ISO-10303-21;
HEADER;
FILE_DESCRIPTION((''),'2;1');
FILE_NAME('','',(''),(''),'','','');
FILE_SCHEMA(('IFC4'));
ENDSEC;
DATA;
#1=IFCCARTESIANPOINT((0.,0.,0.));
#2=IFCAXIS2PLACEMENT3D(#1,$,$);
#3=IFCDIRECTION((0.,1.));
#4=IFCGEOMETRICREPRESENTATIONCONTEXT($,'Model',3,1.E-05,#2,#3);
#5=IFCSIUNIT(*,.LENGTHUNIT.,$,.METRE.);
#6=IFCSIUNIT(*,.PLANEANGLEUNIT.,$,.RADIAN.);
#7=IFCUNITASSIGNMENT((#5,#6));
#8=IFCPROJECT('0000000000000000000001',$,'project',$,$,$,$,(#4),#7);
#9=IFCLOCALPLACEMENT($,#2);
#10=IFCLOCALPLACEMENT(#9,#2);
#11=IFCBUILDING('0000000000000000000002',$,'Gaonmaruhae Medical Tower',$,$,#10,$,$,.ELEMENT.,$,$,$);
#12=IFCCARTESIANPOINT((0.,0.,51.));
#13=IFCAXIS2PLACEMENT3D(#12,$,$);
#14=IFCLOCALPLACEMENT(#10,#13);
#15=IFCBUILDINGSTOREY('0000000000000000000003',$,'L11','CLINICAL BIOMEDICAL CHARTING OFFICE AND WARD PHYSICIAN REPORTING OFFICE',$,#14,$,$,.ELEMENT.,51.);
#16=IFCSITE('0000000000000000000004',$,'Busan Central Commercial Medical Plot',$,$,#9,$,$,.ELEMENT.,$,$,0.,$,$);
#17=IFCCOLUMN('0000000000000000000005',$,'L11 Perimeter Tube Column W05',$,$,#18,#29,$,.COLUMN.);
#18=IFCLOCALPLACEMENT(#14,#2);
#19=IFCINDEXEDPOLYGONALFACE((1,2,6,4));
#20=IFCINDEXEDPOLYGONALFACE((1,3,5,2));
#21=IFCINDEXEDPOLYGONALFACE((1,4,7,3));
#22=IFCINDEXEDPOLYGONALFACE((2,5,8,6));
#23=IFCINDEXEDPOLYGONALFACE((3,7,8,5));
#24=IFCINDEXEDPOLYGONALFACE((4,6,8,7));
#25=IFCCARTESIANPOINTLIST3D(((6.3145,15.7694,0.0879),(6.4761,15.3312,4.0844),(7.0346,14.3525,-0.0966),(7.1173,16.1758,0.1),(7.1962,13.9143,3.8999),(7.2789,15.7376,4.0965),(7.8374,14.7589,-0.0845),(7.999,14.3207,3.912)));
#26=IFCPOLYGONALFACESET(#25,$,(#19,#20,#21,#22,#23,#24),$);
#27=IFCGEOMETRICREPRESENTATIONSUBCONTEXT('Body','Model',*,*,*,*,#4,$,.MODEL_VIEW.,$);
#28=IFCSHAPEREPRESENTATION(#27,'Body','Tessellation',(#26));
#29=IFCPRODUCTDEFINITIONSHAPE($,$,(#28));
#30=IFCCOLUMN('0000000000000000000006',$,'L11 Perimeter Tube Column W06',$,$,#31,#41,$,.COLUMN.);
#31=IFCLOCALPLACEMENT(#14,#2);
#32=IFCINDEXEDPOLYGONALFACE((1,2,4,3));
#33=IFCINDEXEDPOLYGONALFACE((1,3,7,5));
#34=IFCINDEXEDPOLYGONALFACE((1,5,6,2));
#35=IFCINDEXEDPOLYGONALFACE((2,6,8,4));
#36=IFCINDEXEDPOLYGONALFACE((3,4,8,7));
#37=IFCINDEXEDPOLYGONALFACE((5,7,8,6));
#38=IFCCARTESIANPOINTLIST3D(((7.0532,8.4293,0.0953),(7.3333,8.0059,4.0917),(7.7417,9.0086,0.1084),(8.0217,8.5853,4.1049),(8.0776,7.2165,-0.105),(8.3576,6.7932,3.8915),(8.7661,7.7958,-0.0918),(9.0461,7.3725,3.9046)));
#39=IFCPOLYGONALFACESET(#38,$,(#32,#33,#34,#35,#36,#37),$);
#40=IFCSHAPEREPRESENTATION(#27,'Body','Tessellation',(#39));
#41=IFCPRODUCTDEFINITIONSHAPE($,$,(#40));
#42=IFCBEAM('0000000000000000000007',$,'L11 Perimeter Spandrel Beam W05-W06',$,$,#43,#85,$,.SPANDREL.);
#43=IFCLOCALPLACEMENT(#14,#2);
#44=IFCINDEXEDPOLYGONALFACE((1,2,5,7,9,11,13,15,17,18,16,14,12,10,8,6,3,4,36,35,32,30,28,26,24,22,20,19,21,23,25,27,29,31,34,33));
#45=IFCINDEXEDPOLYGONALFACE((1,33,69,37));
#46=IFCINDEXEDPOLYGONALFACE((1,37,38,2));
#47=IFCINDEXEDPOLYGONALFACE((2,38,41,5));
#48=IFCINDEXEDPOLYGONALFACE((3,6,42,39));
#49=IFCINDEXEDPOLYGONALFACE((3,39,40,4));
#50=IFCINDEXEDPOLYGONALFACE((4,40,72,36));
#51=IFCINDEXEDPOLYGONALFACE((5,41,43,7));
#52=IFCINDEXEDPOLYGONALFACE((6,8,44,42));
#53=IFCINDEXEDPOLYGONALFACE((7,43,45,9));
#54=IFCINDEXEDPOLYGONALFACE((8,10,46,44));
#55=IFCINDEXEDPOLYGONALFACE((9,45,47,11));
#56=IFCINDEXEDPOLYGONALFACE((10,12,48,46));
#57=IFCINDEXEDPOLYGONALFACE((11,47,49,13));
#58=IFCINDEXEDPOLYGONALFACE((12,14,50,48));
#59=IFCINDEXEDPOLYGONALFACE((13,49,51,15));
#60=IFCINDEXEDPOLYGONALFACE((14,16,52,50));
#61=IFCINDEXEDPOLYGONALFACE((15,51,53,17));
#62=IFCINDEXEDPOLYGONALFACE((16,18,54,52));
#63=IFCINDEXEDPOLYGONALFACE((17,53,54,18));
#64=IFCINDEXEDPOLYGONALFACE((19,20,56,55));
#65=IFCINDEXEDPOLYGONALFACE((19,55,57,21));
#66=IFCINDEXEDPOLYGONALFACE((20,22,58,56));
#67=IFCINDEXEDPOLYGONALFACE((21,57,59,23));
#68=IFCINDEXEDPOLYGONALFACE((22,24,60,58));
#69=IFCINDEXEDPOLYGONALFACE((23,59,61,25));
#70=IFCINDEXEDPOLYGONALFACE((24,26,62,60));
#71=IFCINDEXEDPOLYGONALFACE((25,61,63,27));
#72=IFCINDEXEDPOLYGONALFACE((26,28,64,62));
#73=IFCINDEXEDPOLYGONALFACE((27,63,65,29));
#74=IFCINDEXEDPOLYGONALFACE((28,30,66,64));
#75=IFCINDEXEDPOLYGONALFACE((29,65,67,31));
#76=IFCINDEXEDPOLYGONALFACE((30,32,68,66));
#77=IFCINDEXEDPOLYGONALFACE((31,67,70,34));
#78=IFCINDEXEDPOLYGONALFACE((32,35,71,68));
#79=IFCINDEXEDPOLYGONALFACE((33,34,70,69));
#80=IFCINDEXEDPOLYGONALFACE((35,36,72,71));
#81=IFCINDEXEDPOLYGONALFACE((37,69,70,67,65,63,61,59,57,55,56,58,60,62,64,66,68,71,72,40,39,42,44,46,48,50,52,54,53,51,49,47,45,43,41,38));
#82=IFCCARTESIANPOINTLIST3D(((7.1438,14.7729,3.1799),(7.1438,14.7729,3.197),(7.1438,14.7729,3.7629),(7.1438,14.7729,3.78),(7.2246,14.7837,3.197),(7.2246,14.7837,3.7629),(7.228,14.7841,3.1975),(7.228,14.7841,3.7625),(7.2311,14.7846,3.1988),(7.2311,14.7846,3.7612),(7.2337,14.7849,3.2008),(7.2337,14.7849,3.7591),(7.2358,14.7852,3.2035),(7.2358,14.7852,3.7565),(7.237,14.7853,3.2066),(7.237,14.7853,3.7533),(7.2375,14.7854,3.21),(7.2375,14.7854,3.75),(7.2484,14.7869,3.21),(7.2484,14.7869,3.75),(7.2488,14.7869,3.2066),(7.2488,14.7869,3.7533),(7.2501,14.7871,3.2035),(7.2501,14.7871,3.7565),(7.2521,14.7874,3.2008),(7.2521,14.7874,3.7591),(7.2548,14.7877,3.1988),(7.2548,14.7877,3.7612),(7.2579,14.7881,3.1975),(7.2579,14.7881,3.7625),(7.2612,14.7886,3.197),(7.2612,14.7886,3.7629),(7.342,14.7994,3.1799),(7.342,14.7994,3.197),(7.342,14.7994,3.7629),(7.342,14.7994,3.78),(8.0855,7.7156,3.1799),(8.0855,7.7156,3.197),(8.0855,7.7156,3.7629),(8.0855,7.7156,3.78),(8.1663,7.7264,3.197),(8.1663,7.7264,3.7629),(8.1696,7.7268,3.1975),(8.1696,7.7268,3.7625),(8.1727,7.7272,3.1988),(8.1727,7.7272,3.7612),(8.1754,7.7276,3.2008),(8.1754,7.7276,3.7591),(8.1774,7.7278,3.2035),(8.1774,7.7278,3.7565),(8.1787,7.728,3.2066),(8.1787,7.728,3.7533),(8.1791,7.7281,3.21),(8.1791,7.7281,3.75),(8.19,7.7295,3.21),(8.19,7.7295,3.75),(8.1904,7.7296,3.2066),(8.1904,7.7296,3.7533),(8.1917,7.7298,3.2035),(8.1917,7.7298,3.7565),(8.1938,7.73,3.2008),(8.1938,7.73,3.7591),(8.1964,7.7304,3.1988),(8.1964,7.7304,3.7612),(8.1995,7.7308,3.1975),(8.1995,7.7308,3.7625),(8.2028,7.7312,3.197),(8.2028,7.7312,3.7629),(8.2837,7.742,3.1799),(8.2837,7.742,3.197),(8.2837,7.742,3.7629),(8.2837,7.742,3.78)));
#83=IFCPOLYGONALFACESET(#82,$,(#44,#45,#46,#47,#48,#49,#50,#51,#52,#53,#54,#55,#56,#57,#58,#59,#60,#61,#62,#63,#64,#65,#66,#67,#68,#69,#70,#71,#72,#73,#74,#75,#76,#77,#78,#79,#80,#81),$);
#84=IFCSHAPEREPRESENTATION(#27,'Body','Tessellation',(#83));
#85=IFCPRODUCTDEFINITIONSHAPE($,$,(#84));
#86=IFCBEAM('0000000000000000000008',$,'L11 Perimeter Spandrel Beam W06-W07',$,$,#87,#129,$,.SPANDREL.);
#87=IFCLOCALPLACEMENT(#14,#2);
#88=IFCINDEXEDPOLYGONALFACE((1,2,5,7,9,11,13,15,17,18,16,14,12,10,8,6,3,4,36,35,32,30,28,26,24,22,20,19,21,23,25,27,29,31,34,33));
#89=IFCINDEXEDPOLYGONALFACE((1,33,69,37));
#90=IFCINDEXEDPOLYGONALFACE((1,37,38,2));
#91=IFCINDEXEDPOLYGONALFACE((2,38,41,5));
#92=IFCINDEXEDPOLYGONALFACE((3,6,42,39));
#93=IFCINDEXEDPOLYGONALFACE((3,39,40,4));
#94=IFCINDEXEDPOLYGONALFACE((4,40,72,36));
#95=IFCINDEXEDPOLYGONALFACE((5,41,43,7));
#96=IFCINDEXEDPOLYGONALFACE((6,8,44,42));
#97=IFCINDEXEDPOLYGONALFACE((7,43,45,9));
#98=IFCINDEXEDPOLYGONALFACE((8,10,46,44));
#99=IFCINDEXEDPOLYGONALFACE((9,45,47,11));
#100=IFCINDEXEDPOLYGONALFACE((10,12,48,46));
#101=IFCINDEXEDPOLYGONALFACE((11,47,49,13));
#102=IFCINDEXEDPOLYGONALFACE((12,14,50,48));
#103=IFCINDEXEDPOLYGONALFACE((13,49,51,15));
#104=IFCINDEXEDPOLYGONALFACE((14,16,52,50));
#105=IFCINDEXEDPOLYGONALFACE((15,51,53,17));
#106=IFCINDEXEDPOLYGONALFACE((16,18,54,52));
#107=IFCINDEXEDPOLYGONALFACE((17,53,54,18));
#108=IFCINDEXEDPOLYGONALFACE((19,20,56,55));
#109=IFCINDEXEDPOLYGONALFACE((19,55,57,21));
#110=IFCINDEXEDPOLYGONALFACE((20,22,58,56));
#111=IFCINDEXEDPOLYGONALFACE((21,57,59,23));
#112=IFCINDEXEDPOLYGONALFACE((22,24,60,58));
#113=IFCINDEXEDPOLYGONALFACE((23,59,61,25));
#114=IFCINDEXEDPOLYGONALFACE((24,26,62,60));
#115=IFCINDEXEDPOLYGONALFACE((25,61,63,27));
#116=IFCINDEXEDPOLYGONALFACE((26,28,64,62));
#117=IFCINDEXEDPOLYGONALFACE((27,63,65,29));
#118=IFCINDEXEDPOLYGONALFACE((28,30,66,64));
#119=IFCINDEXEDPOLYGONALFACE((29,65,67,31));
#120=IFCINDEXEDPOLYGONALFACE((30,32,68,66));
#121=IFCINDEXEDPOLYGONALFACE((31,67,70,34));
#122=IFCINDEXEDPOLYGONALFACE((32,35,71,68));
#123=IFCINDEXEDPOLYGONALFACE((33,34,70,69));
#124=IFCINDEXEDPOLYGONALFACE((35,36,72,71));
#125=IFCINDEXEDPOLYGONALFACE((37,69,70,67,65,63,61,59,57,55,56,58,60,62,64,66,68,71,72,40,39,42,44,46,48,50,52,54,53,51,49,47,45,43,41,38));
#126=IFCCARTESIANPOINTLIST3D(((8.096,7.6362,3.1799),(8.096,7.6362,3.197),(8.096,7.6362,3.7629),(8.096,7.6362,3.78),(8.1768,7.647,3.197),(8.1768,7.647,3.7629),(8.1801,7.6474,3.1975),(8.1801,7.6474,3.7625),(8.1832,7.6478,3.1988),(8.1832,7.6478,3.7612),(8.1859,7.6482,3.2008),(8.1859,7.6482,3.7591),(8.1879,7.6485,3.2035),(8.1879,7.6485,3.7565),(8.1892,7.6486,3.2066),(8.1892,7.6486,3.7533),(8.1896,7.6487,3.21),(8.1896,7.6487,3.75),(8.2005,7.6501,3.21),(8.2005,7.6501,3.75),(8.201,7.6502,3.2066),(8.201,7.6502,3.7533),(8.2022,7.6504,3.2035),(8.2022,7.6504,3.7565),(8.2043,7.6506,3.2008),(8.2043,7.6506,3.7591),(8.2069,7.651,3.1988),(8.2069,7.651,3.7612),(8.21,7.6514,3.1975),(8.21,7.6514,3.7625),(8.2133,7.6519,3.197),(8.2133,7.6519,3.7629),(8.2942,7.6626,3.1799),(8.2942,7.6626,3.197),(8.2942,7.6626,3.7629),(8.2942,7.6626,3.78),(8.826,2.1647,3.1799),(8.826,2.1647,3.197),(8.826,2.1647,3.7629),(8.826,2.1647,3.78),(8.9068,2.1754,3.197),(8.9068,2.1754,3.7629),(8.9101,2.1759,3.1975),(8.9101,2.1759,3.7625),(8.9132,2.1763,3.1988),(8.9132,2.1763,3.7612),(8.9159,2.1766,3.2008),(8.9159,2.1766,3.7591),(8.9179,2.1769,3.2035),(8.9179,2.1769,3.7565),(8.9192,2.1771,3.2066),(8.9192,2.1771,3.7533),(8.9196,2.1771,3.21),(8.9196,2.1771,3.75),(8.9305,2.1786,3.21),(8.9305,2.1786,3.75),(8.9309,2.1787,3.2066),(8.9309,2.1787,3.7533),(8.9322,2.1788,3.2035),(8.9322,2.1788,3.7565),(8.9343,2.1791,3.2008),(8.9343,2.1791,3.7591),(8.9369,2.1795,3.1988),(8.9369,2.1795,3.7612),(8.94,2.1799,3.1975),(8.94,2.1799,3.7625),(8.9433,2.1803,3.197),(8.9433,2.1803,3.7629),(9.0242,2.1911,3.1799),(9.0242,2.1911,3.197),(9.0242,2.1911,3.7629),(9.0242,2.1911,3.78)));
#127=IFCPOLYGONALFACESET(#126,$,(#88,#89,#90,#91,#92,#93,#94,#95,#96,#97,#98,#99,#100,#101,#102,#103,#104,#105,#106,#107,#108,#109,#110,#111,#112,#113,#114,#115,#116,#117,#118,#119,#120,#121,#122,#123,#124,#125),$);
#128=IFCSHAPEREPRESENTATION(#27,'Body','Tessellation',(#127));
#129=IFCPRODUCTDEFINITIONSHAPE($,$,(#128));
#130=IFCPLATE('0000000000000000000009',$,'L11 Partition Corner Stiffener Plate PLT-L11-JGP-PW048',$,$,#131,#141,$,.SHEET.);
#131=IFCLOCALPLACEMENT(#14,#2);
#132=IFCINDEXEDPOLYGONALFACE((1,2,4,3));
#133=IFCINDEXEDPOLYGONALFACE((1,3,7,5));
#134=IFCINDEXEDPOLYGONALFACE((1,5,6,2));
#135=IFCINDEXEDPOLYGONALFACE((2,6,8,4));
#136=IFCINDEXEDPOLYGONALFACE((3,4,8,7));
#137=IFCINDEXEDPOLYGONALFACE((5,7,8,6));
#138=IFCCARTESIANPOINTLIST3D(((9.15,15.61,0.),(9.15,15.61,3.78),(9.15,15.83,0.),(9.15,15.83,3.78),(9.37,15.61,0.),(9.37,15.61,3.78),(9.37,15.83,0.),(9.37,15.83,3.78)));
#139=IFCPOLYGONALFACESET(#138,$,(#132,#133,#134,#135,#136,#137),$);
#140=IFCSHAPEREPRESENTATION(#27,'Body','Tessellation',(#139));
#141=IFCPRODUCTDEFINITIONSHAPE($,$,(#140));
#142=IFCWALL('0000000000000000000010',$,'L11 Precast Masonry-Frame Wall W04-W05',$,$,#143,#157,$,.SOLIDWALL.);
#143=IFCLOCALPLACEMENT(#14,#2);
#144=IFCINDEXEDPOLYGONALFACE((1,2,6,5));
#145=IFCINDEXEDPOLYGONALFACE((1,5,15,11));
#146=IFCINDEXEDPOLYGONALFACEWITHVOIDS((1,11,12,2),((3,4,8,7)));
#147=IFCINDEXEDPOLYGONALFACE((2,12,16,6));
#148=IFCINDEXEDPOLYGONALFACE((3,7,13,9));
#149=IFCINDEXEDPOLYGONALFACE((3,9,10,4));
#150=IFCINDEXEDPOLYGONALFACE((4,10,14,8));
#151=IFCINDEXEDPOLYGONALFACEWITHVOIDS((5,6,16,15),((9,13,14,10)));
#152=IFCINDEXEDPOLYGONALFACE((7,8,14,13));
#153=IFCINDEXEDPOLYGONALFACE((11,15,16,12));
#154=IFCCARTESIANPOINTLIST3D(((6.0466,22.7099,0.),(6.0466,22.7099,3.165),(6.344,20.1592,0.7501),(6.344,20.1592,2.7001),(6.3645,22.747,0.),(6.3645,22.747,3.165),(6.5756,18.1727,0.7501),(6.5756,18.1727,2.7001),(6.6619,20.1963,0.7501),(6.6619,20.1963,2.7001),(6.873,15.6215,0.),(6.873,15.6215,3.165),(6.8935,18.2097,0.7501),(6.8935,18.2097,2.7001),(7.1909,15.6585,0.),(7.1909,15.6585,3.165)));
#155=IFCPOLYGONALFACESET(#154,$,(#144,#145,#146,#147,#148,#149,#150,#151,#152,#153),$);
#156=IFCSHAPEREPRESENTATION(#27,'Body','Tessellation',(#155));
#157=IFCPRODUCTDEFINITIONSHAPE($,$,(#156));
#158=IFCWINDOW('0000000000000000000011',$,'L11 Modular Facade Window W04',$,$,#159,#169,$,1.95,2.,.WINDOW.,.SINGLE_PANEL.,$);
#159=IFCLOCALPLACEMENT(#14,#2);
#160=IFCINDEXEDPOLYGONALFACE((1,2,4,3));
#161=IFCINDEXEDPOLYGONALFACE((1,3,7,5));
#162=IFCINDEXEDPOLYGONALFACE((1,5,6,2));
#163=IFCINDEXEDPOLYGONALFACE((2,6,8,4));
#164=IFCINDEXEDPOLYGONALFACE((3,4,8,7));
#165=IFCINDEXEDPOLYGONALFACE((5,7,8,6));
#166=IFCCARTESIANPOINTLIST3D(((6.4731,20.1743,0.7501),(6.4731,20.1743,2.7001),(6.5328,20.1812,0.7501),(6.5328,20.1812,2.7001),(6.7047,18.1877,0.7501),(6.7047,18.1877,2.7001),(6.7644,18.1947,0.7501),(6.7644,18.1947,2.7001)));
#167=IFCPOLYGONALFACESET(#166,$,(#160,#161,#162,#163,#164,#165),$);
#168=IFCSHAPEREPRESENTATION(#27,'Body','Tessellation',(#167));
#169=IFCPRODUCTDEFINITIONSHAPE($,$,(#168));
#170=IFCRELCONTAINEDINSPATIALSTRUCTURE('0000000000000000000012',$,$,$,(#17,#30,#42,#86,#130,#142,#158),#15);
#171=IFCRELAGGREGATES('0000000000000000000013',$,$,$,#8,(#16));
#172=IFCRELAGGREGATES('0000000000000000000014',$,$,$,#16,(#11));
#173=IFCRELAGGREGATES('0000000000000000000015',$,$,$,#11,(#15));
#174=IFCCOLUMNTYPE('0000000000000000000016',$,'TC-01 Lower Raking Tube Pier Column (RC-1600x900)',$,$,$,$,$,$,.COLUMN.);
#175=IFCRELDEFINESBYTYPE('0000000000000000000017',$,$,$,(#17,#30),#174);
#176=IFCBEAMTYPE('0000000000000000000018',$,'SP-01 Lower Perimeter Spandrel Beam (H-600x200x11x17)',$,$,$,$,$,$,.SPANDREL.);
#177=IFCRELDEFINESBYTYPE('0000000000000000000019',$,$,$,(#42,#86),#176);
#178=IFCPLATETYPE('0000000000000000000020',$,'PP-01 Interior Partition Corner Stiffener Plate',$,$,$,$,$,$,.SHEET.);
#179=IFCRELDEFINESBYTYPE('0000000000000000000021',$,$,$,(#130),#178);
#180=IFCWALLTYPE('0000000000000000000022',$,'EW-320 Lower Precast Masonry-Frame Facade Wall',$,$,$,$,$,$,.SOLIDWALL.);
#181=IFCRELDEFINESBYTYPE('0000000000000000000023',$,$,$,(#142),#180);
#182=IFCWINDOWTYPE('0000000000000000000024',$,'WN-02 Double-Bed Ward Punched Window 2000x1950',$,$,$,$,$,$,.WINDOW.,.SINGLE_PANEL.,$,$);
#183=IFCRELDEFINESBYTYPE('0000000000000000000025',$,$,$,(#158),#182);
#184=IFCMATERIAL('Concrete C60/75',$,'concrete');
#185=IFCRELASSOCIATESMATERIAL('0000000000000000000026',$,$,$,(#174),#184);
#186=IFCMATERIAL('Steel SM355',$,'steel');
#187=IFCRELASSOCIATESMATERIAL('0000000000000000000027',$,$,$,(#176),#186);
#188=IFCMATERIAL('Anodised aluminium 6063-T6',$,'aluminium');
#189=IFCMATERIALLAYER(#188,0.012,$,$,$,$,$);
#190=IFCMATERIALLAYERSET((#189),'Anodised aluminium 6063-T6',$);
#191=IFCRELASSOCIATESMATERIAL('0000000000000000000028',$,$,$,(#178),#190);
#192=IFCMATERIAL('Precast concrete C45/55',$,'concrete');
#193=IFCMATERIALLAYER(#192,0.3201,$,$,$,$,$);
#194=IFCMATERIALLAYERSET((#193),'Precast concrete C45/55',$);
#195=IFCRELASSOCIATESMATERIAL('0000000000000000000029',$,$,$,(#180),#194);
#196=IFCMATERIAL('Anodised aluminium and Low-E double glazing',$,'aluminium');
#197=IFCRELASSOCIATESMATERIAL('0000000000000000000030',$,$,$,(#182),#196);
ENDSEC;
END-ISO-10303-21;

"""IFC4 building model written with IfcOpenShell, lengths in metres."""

from ifc_helpers import new_model, si_unit, direction, frame, frame_2d, origin, origin_2d, place, context, subcontext, project, spatial, rectangle, i_section, extrude, material, layer, layer_set, material_profile, profile_set, type_object, element, fill, save


model = new_model("IFC4")

# Units and contexts
model_context = context("Model", 3, precision=1e-05, world=origin(), true_north=direction((0.0, 1.0)))
body_context = subcontext(model_context, "Body", "Model", "MODEL_VIEW")
ifc_project = project(units=[si_unit("LENGTHUNIT", "METRE"), si_unit("PLANEANGLEUNIT", "RADIAN")], contexts=[model_context])

# Site, building, storey
site_placement = place(None, origin())
site = spatial("IfcSite", under=ifc_project, at=site_placement, Name="Busan Central Commercial Medical Plot", CompositionType="ELEMENT", RefElevation=0.0)
building_placement = place(site_placement, origin())
building = spatial("IfcBuilding", under=site, at=building_placement, Name="Gaonmaruhae Medical Tower", CompositionType="ELEMENT")
storey_placement = place(building_placement, frame((0.0, 0.0, 51.0)))
storey = spatial("IfcBuildingStorey", under=building, at=storey_placement, Name="L11", Description="CLINICAL BIOMEDICAL CHARTING OFFICE AND WARD PHYSICIAN REPORTING OFFICE", CompositionType="ELEMENT", Elevation=51.0)

# Columns
ifc_material_1 = material(Name="Concrete C60/75", Category="concrete")
ifc_material_profile_1 = material_profile(ifc_material_1, rectangle(XDim=1.6001, YDim=0.8999, at=origin_2d()), Name="RC-1600x900")
ifc_profile_set_1 = profile_set([ifc_material_profile_1], Name="Concrete C60/75")
column_type = type_object("IfcColumnType", Name="TC-01 Lower Raking Tube Pier Column (RC-1600x900)", PredefinedType="COLUMN", material=ifc_profile_set_1)
column_1_placement = place(storey_placement, frame((7.0759, 15.2642, 0.0017), z_axis=(0.040166, -0.108911, 0.99324), x_axis=(-0.450019, 0.885544, 0.1153)))
element("IfcColumn", 1, at=column_1_placement, inside=storey, type_object=column_type, Name="L11 Perimeter Tube Column W05", PredefinedType="COLUMN", context=body_context, shape_type="SweptSolid", body=[
    extrude(rectangle(XDim=1.6001, YDim=0.8999, at=origin_2d()), origin(), (0.0, 0.0, 1.0), 4.0237),
])
column_2_placement = place(storey_placement, frame((7.9097, 8.1125, 0.0017), z_axis=(0.069509, -0.105081, 0.992031), x_axis=(-0.640207, 0.757941, 0.125143)))
element("IfcColumn", 2, at=column_2_placement, inside=storey, type_object=column_type, Name="L11 Perimeter Tube Column W06", PredefinedType="COLUMN", context=body_context, shape_type="SweptSolid", body=[
    extrude(rectangle(XDim=1.6001, YDim=0.8999, at=origin_2d()), origin(), (0.0, 0.0, 1.0), 4.0286),
])

# Beams
ifc_material_2 = material(Name="Steel SM355", Category="steel")
ifc_material_profile_2 = material_profile(ifc_material_2, i_section(OverallWidth=0.2, OverallDepth=0.6001, WebThickness=0.011, FlangeThickness=0.0171, FilletRadius=0.0129, at=origin_2d()), Name="H-600x200x11x17")
ifc_profile_set_2 = profile_set([ifc_material_profile_2], Name="Steel SM355")
beam_type = type_object("IfcBeamType", Name="SP-01 Lower Perimeter Spandrel Beam (H-600x200x11x17)", PredefinedType="SPANDREL", material=ifc_profile_set_2)
beam_1_placement = place(storey_placement, frame((7.2429, 14.7861, 3.48), z_axis=(0.132256, -0.991216, 0.0), x_axis=(0.991216, 0.132256, 0.0)))
element("IfcBeam", 3, at=beam_1_placement, inside=storey, type_object=beam_type, Name="L11 Perimeter Spandrel Beam W05-W06", PredefinedType="SPANDREL", context=body_context, shape_type="SweptSolid", body=[
    extrude(i_section(OverallWidth=0.2, OverallDepth=0.6001, WebThickness=0.011, FlangeThickness=0.0171, FilletRadius=0.0129, at=origin_2d()), origin(), (0.0, 0.0, 1.0), 7.1199),
])
beam_2_placement = place(storey_placement, frame((8.1951, 7.6494, 3.48), z_axis=(0.132245, -0.991217, 0.0), x_axis=(0.991217, 0.132245, 0.0)))
element("IfcBeam", 4, at=beam_2_placement, inside=storey, type_object=beam_type, Name="L11 Perimeter Spandrel Beam W06-W07", PredefinedType="SPANDREL", context=body_context, shape_type="SweptSolid", body=[
    extrude(i_section(OverallWidth=0.2, OverallDepth=0.6001, WebThickness=0.011, FlangeThickness=0.0171, FilletRadius=0.0129, at=origin_2d()), origin(), (0.0, 0.0, 1.0), 5.52),
])

# Plate
ifc_material_3 = material(Name="Anodised aluminium 6063-T6", Category="aluminium")
ifc_layer_1 = layer(ifc_material_3, 0.012)
ifc_layer_set_1 = layer_set([ifc_layer_1], Name="Anodised aluminium 6063-T6")
plate_type = type_object("IfcPlateType", Name="PP-01 Interior Partition Corner Stiffener Plate", PredefinedType="SHEET", material=ifc_layer_set_1)
plate_placement = place(storey_placement, frame((9.26, 15.72, 0.0), z_axis=(0.0, 0.0, 1.0), x_axis=(0.0, -1.0, 0.0)))
element("IfcPlate", 5, at=plate_placement, inside=storey, type_object=plate_type, Name="L11 Partition Corner Stiffener Plate PLT-L11-JGP-PW048", PredefinedType="SHEET", context=body_context, shape_type="SweptSolid", body=[
    extrude(rectangle(XDim=0.22, YDim=0.22, at=origin_2d()), origin(), (0.0, 0.0, 1.0), 3.78),
])

# Wall, opening, window
ifc_material_4 = material(Name="Precast concrete C45/55", Category="concrete")
ifc_layer_2 = layer(ifc_material_4, 0.3201)
ifc_layer_set_2 = layer_set([ifc_layer_2], Name="Precast concrete C45/55")
wall_type_1 = type_object("IfcWallType", Name="EW-320 Lower Precast Masonry-Frame Facade Wall", PredefinedType="SOLIDWALL", material=ifc_layer_set_2)
wall_1_placement = place(storey_placement, frame((7.032, 15.6399, 0.0), z_axis=(0.0, 0.0, 1.0), x_axis=(-0.115803, 0.993272, 0.0)))
wall_1 = element("IfcWall", 6, at=wall_1_placement, inside=storey, type_object=wall_type_1, Name="L11 Precast Masonry-Frame Wall W04-W05", PredefinedType="SOLIDWALL", context=body_context, shape_type="SweptSolid", body=[
    extrude(rectangle(XDim=7.1365, YDim=0.3201, at=frame_2d((3.5684, 0.0))), origin(), (0.0, 0.0, 1.0), 3.165),
])
opening_1_placement = place(wall_1_placement, frame((2.5686, 0.0, 0.75)))
opening_1 = element("IfcOpeningElement", 7, at=opening_1_placement, cuts=wall_1, PredefinedType="OPENING", context=body_context, shape_type="SweptSolid", body=[
    extrude(rectangle(XDim=2.0, YDim=1.95, at=frame_2d((1.0, 0.9751))), frame((0.0, 0.1699, 0.0), z_axis=(0.0, -1.0, 0.0), x_axis=(1.0, 0.0, 0.0)), (0.0, 0.0, 1.0), 0.3401),
])
ifc_material_5 = material(Name="Anodised aluminium and Low-E double glazing", Category="aluminium")
window_type_1 = type_object("IfcWindowType", Name="WN-02 Double-Bed Ward Punched Window 2000x1950", PartitioningType="SINGLE_PANEL", PredefinedType="WINDOW", material=ifc_material_5)
window_1_placement = place(opening_1_placement, origin())
window_1 = element("IfcWindow", 8, at=window_1_placement, inside=storey, type_object=window_type_1, Name="L11 Modular Facade Window W04", OverallHeight=1.95, OverallWidth=2.0, PartitioningType="SINGLE_PANEL", PredefinedType="WINDOW", context=body_context, shape_type="SweptSolid", body=[
    extrude(rectangle(XDim=2.0, YDim=1.95, at=frame_2d((1.0, 0.9751))), frame((0.0, 0.03, 0.0), z_axis=(0.0, -1.0, 0.0), x_axis=(1.0, 0.0, 0.0)), (0.0, 0.0, 1.0), 0.0601),
])
fill(opening_1, window_1)

save(model, "model.ifc")
